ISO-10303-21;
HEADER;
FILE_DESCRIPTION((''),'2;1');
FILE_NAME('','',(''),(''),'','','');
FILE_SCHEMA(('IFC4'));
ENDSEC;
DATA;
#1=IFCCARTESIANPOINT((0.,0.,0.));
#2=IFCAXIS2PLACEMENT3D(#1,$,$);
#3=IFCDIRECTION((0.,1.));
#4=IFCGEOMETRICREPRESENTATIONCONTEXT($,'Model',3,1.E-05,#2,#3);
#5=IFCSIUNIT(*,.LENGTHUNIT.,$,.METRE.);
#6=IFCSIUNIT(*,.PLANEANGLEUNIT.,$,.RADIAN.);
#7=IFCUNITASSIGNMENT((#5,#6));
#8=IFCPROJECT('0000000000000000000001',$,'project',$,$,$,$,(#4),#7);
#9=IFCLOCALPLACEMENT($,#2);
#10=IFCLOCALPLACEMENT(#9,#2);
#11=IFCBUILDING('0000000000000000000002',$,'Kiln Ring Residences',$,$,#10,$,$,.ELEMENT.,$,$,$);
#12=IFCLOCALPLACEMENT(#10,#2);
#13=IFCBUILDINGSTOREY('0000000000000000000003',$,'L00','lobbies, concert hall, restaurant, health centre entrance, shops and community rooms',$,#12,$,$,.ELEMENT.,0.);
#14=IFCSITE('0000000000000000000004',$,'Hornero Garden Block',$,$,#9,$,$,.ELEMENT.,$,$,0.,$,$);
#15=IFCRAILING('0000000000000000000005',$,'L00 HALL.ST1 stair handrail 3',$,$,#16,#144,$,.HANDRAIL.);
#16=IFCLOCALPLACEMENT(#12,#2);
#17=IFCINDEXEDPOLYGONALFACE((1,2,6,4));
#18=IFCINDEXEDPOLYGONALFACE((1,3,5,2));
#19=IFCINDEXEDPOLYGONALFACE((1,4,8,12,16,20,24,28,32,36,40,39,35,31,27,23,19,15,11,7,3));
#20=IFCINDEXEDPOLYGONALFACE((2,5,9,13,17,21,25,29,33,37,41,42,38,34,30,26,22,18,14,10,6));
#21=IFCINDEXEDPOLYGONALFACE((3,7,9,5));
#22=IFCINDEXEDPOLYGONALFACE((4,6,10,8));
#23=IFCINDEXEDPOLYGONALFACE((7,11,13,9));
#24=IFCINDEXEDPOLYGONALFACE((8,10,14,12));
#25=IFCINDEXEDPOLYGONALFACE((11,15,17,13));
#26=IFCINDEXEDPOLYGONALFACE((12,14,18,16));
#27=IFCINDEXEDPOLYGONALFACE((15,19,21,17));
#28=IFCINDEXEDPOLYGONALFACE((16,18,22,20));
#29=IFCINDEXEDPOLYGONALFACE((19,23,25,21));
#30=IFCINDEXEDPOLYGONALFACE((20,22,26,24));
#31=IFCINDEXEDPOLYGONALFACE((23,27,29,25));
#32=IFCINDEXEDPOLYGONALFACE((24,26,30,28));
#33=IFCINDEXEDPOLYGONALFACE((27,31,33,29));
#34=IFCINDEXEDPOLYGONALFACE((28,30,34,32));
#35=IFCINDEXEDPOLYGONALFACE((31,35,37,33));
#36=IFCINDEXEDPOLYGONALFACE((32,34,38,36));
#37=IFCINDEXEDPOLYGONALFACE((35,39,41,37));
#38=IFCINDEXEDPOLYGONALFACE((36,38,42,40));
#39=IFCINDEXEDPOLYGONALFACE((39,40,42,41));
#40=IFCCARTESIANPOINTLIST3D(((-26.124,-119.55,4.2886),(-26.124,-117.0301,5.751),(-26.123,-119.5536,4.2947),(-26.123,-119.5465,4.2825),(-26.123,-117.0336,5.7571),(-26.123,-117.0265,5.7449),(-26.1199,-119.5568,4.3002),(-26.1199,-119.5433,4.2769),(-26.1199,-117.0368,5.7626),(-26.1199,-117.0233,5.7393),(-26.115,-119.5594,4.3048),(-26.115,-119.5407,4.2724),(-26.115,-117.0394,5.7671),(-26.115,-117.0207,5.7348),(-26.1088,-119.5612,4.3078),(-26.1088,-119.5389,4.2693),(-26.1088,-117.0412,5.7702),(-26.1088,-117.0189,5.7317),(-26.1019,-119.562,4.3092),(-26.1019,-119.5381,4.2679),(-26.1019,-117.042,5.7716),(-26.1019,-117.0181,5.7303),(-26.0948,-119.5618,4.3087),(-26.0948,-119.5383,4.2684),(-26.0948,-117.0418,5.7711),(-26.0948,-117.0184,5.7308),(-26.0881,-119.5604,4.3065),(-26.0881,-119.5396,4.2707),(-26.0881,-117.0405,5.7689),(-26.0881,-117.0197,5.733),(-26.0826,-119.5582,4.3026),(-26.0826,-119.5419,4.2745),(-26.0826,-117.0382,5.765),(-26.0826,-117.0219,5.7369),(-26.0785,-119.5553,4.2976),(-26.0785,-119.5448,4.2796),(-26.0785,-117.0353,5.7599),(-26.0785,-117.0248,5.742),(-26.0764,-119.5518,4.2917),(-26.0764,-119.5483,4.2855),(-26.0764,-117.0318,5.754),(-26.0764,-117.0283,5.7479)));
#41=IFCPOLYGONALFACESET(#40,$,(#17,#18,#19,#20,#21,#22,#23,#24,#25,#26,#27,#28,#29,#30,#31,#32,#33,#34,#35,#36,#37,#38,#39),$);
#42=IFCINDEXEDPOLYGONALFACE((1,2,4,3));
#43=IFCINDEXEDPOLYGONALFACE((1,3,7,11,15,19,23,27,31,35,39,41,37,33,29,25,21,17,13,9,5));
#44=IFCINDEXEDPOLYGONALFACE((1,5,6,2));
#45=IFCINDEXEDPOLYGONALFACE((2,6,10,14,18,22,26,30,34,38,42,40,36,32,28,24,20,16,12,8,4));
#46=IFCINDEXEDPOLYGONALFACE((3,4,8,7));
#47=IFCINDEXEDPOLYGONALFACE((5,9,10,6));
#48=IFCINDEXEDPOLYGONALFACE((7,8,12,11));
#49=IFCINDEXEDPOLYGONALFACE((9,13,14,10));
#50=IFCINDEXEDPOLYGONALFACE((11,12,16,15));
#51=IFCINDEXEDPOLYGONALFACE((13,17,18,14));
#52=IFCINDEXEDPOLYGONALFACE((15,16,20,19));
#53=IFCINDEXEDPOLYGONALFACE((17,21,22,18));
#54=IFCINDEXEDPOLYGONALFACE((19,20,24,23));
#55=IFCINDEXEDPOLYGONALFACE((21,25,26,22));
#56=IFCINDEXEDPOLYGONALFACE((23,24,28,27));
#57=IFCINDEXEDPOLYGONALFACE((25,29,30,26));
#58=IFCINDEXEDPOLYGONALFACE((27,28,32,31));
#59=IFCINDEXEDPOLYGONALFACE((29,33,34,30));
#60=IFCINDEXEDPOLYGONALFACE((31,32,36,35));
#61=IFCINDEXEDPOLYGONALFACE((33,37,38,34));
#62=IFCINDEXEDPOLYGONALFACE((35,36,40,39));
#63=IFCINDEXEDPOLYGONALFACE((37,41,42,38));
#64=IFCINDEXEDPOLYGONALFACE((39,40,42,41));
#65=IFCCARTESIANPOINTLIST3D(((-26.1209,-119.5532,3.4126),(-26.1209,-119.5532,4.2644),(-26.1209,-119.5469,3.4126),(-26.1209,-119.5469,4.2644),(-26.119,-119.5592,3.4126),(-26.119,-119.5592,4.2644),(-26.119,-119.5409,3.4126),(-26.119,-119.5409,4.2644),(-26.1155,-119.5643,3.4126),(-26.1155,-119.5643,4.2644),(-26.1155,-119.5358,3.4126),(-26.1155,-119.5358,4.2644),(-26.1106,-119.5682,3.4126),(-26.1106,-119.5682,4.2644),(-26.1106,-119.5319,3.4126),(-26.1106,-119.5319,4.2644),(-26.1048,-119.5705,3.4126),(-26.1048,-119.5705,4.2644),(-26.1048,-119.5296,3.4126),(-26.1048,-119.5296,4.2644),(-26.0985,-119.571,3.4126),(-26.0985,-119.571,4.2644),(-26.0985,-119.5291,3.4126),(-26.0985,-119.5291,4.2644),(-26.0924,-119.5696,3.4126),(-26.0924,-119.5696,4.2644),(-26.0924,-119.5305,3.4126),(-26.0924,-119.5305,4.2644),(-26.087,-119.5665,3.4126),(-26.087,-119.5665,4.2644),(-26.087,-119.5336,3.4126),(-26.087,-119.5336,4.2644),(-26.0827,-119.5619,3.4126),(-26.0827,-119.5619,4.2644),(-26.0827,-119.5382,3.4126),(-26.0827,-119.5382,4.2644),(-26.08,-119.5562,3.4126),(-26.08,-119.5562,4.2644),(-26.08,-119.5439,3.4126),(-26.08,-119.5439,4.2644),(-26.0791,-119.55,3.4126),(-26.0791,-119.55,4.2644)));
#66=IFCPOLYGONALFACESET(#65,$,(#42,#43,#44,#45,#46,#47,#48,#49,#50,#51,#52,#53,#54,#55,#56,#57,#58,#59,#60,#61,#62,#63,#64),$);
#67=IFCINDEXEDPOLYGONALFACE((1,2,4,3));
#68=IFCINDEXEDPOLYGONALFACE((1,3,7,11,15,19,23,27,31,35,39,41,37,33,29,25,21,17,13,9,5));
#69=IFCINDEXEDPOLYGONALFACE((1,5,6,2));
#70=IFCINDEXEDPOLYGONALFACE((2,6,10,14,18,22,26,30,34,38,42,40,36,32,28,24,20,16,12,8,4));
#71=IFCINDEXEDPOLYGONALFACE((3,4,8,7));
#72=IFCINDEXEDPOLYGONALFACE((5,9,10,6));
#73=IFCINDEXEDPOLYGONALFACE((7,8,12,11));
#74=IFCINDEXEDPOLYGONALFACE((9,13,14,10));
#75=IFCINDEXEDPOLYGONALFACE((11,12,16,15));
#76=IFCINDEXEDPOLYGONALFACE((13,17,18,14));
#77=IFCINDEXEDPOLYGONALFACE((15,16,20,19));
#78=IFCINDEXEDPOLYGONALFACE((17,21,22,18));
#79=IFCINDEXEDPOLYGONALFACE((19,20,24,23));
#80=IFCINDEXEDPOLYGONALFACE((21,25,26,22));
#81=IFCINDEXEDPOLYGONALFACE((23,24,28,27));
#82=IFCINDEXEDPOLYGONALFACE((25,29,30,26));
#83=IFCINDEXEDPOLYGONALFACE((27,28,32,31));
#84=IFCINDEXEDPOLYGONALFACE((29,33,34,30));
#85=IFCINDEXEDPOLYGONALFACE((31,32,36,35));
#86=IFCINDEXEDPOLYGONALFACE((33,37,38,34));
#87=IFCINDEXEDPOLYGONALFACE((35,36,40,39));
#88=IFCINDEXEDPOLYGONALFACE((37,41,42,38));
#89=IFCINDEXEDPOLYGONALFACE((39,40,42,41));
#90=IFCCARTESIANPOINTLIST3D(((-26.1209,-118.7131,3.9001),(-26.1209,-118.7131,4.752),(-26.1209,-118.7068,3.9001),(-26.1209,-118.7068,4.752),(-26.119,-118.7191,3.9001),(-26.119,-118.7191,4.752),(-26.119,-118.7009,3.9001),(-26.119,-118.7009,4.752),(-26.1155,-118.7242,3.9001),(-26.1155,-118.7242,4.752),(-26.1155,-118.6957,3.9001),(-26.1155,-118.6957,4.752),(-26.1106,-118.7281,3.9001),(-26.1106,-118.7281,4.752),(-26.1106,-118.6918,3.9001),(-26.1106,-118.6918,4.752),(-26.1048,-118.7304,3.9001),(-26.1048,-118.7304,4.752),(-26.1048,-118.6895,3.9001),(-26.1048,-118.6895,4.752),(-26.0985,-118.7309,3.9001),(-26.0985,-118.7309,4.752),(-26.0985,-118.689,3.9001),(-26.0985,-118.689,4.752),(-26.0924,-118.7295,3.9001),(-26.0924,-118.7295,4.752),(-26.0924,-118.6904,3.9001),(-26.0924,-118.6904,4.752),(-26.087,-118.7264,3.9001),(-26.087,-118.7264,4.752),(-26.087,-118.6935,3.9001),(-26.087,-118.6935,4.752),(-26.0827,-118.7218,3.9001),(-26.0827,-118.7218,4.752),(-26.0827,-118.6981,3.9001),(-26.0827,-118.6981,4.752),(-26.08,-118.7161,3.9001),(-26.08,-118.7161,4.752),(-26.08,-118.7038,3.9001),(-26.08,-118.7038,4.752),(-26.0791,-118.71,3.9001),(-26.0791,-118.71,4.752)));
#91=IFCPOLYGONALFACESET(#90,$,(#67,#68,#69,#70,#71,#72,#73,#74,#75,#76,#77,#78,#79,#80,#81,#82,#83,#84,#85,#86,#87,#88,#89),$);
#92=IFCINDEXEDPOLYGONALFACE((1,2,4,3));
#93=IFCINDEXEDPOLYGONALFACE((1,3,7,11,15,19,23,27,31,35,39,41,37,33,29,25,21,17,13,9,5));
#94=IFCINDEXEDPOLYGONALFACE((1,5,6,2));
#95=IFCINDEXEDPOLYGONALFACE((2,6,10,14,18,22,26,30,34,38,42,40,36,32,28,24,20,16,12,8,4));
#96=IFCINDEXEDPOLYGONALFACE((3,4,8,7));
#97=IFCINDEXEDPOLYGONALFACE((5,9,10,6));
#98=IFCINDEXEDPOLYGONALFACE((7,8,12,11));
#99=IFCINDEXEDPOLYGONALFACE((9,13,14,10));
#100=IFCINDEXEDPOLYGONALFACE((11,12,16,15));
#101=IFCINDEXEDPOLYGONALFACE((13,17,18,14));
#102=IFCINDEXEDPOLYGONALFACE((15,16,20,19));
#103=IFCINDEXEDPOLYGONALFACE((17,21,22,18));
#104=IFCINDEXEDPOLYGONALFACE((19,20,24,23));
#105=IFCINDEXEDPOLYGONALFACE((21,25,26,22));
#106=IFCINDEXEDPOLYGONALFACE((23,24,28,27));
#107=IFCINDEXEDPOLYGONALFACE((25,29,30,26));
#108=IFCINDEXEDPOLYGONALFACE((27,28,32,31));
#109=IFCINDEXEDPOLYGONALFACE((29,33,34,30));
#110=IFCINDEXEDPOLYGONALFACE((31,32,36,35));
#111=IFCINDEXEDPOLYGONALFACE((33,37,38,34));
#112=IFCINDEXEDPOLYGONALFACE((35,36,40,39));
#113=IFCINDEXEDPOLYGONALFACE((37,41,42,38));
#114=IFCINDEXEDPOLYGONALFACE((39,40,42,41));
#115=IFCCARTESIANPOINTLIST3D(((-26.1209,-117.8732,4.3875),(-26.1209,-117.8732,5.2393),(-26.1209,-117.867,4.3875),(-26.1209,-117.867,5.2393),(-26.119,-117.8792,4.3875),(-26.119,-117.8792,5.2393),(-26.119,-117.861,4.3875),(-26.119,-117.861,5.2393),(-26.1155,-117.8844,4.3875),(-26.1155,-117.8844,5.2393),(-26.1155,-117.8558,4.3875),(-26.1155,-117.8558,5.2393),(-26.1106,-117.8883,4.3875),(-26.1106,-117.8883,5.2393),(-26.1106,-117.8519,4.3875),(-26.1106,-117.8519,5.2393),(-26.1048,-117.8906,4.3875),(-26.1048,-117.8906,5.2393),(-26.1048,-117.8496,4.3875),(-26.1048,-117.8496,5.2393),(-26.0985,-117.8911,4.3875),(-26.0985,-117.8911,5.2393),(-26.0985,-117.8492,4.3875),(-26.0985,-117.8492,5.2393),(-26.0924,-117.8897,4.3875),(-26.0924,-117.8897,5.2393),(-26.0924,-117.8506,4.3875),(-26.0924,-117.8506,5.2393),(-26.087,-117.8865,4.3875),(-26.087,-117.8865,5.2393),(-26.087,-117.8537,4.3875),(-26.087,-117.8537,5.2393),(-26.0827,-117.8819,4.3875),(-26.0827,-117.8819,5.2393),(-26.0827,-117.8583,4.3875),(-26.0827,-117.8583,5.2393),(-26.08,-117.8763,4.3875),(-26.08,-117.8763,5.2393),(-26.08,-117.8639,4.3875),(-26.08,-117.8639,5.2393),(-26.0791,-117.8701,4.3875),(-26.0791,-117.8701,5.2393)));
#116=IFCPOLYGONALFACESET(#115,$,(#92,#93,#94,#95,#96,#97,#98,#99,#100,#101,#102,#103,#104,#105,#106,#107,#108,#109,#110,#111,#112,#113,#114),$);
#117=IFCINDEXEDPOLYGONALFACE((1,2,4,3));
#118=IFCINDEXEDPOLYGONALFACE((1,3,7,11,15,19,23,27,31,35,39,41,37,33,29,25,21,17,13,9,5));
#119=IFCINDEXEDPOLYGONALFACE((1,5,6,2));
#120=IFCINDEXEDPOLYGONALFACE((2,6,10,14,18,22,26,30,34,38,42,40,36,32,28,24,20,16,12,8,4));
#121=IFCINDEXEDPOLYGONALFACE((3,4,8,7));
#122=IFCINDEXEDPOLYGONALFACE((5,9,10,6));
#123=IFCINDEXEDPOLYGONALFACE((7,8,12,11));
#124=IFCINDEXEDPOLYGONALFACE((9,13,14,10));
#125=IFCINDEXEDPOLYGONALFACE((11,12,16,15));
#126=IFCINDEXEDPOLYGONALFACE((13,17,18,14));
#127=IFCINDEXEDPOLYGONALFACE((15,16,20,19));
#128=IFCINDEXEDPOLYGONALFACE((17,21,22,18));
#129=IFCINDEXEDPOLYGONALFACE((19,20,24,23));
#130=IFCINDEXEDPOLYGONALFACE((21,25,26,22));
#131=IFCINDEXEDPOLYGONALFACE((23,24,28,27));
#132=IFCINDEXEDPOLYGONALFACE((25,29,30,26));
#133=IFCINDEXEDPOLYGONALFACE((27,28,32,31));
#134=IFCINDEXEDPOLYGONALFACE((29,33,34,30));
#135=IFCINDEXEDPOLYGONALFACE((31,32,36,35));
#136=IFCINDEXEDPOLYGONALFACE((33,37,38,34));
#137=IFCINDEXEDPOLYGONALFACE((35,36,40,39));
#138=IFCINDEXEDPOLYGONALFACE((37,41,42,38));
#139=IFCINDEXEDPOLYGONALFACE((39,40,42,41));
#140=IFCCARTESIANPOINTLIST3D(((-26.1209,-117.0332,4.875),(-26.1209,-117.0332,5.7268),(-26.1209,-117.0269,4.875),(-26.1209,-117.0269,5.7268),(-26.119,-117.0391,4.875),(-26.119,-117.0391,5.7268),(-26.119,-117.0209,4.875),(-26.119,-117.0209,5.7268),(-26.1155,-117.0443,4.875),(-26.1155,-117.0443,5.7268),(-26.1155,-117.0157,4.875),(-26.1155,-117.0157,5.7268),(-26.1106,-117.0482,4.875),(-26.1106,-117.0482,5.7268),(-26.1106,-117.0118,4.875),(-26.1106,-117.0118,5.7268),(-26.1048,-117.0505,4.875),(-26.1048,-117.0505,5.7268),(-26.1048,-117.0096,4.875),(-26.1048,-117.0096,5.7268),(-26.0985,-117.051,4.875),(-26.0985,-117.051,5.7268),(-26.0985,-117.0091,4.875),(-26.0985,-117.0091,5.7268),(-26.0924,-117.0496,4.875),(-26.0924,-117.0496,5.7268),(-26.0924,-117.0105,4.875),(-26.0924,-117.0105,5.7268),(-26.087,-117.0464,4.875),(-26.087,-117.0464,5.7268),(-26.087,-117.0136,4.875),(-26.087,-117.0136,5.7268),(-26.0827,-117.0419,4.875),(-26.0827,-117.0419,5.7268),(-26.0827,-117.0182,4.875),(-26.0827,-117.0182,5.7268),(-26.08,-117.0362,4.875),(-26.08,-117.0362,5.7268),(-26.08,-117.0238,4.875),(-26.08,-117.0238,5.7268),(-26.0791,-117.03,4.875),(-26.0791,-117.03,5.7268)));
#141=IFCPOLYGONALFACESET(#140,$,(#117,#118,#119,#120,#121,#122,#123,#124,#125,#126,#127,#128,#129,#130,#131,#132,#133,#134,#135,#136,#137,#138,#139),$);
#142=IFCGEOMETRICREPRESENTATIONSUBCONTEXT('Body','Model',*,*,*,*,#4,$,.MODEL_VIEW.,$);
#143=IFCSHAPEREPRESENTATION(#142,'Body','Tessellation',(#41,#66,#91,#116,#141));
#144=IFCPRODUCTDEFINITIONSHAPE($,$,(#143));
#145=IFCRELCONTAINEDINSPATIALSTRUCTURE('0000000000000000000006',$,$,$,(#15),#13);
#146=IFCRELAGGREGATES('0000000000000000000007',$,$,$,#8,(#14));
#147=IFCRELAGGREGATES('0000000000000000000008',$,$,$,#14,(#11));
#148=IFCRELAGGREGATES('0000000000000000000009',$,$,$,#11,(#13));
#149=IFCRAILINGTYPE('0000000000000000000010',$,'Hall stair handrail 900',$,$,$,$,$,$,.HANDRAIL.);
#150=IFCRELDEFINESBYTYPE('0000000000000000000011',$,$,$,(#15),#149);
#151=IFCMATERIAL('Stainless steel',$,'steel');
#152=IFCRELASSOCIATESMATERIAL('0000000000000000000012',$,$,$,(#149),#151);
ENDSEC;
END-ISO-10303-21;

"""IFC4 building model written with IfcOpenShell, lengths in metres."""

from ifc_helpers import new_model, si_unit, direction, frame, origin, origin_2d, place, context, subcontext, project, spatial, circle, extrude, material, type_object, element, save


model = new_model("IFC4")

# Units and contexts
model_context = context("Model", 3, precision=1e-05, world=origin(), true_north=direction((0.0, 1.0)))
body_context = subcontext(model_context, "Body", "Model", "MODEL_VIEW")
ifc_project = project(units=[si_unit("LENGTHUNIT", "METRE"), si_unit("PLANEANGLEUNIT", "RADIAN")], contexts=[model_context])

# Site, building, storey
site_placement = place(None, origin())
site = spatial("IfcSite", under=ifc_project, at=site_placement, Name="Hornero Garden Block", CompositionType="ELEMENT", RefElevation=0.0)
building_placement = place(site_placement, origin())
building = spatial("IfcBuilding", under=site, at=building_placement, Name="Kiln Ring Residences", CompositionType="ELEMENT")
storey_placement = place(building_placement, origin())
storey = spatial("IfcBuildingStorey", under=building, at=storey_placement, Name="L00", Description="lobbies, concert hall, restaurant, health centre entrance, shops and community rooms", CompositionType="ELEMENT", Elevation=0.0)

# Railing
ifc_material_1 = material(Name="Stainless steel", Category="steel")
railing_type_1 = type_object("IfcRailingType", Name="Hall stair handrail 900", PredefinedType="HANDRAIL", material=ifc_material_1)
for number, where, name in (
    (1, (-26.1001, -119.55, 3.4126), "L00 HALL.ST1 stair handrail 3"),
):
    element("IfcRailing", number, at=place(storey_placement, frame(where)), inside=storey, type_object=railing_type_1, Name=name, PredefinedType="HANDRAIL", context=body_context, shape_type="SweptSolid", body=[
        extrude(circle(Radius=0.0239, at=origin_2d()), frame((0.0, 0.0, 0.876), z_axis=(0.0, 0.864913, 0.501921), x_axis=(-1.0, 0.0, 0.0)), (0.0, 0.0, 1.0), 2.9136),
        extrude(circle(Radius=0.021, at=origin_2d()), origin(), (0.0, 0.0, 1.0), 0.8518),
        extrude(circle(Radius=0.021, at=origin_2d()), frame((0.0, 0.8401, 0.4875)), (0.0, 0.0, 1.0), 0.8518),
        extrude(circle(Radius=0.021, at=origin_2d()), frame((0.0, 1.6799, 0.9749)), (0.0, 0.0, 1.0), 0.8518),
        extrude(circle(Radius=0.021, at=origin_2d()), frame((0.0, 2.52, 1.4624)), (0.0, 0.0, 1.0), 0.8518),
    ])

save(model, "model.ifc")
